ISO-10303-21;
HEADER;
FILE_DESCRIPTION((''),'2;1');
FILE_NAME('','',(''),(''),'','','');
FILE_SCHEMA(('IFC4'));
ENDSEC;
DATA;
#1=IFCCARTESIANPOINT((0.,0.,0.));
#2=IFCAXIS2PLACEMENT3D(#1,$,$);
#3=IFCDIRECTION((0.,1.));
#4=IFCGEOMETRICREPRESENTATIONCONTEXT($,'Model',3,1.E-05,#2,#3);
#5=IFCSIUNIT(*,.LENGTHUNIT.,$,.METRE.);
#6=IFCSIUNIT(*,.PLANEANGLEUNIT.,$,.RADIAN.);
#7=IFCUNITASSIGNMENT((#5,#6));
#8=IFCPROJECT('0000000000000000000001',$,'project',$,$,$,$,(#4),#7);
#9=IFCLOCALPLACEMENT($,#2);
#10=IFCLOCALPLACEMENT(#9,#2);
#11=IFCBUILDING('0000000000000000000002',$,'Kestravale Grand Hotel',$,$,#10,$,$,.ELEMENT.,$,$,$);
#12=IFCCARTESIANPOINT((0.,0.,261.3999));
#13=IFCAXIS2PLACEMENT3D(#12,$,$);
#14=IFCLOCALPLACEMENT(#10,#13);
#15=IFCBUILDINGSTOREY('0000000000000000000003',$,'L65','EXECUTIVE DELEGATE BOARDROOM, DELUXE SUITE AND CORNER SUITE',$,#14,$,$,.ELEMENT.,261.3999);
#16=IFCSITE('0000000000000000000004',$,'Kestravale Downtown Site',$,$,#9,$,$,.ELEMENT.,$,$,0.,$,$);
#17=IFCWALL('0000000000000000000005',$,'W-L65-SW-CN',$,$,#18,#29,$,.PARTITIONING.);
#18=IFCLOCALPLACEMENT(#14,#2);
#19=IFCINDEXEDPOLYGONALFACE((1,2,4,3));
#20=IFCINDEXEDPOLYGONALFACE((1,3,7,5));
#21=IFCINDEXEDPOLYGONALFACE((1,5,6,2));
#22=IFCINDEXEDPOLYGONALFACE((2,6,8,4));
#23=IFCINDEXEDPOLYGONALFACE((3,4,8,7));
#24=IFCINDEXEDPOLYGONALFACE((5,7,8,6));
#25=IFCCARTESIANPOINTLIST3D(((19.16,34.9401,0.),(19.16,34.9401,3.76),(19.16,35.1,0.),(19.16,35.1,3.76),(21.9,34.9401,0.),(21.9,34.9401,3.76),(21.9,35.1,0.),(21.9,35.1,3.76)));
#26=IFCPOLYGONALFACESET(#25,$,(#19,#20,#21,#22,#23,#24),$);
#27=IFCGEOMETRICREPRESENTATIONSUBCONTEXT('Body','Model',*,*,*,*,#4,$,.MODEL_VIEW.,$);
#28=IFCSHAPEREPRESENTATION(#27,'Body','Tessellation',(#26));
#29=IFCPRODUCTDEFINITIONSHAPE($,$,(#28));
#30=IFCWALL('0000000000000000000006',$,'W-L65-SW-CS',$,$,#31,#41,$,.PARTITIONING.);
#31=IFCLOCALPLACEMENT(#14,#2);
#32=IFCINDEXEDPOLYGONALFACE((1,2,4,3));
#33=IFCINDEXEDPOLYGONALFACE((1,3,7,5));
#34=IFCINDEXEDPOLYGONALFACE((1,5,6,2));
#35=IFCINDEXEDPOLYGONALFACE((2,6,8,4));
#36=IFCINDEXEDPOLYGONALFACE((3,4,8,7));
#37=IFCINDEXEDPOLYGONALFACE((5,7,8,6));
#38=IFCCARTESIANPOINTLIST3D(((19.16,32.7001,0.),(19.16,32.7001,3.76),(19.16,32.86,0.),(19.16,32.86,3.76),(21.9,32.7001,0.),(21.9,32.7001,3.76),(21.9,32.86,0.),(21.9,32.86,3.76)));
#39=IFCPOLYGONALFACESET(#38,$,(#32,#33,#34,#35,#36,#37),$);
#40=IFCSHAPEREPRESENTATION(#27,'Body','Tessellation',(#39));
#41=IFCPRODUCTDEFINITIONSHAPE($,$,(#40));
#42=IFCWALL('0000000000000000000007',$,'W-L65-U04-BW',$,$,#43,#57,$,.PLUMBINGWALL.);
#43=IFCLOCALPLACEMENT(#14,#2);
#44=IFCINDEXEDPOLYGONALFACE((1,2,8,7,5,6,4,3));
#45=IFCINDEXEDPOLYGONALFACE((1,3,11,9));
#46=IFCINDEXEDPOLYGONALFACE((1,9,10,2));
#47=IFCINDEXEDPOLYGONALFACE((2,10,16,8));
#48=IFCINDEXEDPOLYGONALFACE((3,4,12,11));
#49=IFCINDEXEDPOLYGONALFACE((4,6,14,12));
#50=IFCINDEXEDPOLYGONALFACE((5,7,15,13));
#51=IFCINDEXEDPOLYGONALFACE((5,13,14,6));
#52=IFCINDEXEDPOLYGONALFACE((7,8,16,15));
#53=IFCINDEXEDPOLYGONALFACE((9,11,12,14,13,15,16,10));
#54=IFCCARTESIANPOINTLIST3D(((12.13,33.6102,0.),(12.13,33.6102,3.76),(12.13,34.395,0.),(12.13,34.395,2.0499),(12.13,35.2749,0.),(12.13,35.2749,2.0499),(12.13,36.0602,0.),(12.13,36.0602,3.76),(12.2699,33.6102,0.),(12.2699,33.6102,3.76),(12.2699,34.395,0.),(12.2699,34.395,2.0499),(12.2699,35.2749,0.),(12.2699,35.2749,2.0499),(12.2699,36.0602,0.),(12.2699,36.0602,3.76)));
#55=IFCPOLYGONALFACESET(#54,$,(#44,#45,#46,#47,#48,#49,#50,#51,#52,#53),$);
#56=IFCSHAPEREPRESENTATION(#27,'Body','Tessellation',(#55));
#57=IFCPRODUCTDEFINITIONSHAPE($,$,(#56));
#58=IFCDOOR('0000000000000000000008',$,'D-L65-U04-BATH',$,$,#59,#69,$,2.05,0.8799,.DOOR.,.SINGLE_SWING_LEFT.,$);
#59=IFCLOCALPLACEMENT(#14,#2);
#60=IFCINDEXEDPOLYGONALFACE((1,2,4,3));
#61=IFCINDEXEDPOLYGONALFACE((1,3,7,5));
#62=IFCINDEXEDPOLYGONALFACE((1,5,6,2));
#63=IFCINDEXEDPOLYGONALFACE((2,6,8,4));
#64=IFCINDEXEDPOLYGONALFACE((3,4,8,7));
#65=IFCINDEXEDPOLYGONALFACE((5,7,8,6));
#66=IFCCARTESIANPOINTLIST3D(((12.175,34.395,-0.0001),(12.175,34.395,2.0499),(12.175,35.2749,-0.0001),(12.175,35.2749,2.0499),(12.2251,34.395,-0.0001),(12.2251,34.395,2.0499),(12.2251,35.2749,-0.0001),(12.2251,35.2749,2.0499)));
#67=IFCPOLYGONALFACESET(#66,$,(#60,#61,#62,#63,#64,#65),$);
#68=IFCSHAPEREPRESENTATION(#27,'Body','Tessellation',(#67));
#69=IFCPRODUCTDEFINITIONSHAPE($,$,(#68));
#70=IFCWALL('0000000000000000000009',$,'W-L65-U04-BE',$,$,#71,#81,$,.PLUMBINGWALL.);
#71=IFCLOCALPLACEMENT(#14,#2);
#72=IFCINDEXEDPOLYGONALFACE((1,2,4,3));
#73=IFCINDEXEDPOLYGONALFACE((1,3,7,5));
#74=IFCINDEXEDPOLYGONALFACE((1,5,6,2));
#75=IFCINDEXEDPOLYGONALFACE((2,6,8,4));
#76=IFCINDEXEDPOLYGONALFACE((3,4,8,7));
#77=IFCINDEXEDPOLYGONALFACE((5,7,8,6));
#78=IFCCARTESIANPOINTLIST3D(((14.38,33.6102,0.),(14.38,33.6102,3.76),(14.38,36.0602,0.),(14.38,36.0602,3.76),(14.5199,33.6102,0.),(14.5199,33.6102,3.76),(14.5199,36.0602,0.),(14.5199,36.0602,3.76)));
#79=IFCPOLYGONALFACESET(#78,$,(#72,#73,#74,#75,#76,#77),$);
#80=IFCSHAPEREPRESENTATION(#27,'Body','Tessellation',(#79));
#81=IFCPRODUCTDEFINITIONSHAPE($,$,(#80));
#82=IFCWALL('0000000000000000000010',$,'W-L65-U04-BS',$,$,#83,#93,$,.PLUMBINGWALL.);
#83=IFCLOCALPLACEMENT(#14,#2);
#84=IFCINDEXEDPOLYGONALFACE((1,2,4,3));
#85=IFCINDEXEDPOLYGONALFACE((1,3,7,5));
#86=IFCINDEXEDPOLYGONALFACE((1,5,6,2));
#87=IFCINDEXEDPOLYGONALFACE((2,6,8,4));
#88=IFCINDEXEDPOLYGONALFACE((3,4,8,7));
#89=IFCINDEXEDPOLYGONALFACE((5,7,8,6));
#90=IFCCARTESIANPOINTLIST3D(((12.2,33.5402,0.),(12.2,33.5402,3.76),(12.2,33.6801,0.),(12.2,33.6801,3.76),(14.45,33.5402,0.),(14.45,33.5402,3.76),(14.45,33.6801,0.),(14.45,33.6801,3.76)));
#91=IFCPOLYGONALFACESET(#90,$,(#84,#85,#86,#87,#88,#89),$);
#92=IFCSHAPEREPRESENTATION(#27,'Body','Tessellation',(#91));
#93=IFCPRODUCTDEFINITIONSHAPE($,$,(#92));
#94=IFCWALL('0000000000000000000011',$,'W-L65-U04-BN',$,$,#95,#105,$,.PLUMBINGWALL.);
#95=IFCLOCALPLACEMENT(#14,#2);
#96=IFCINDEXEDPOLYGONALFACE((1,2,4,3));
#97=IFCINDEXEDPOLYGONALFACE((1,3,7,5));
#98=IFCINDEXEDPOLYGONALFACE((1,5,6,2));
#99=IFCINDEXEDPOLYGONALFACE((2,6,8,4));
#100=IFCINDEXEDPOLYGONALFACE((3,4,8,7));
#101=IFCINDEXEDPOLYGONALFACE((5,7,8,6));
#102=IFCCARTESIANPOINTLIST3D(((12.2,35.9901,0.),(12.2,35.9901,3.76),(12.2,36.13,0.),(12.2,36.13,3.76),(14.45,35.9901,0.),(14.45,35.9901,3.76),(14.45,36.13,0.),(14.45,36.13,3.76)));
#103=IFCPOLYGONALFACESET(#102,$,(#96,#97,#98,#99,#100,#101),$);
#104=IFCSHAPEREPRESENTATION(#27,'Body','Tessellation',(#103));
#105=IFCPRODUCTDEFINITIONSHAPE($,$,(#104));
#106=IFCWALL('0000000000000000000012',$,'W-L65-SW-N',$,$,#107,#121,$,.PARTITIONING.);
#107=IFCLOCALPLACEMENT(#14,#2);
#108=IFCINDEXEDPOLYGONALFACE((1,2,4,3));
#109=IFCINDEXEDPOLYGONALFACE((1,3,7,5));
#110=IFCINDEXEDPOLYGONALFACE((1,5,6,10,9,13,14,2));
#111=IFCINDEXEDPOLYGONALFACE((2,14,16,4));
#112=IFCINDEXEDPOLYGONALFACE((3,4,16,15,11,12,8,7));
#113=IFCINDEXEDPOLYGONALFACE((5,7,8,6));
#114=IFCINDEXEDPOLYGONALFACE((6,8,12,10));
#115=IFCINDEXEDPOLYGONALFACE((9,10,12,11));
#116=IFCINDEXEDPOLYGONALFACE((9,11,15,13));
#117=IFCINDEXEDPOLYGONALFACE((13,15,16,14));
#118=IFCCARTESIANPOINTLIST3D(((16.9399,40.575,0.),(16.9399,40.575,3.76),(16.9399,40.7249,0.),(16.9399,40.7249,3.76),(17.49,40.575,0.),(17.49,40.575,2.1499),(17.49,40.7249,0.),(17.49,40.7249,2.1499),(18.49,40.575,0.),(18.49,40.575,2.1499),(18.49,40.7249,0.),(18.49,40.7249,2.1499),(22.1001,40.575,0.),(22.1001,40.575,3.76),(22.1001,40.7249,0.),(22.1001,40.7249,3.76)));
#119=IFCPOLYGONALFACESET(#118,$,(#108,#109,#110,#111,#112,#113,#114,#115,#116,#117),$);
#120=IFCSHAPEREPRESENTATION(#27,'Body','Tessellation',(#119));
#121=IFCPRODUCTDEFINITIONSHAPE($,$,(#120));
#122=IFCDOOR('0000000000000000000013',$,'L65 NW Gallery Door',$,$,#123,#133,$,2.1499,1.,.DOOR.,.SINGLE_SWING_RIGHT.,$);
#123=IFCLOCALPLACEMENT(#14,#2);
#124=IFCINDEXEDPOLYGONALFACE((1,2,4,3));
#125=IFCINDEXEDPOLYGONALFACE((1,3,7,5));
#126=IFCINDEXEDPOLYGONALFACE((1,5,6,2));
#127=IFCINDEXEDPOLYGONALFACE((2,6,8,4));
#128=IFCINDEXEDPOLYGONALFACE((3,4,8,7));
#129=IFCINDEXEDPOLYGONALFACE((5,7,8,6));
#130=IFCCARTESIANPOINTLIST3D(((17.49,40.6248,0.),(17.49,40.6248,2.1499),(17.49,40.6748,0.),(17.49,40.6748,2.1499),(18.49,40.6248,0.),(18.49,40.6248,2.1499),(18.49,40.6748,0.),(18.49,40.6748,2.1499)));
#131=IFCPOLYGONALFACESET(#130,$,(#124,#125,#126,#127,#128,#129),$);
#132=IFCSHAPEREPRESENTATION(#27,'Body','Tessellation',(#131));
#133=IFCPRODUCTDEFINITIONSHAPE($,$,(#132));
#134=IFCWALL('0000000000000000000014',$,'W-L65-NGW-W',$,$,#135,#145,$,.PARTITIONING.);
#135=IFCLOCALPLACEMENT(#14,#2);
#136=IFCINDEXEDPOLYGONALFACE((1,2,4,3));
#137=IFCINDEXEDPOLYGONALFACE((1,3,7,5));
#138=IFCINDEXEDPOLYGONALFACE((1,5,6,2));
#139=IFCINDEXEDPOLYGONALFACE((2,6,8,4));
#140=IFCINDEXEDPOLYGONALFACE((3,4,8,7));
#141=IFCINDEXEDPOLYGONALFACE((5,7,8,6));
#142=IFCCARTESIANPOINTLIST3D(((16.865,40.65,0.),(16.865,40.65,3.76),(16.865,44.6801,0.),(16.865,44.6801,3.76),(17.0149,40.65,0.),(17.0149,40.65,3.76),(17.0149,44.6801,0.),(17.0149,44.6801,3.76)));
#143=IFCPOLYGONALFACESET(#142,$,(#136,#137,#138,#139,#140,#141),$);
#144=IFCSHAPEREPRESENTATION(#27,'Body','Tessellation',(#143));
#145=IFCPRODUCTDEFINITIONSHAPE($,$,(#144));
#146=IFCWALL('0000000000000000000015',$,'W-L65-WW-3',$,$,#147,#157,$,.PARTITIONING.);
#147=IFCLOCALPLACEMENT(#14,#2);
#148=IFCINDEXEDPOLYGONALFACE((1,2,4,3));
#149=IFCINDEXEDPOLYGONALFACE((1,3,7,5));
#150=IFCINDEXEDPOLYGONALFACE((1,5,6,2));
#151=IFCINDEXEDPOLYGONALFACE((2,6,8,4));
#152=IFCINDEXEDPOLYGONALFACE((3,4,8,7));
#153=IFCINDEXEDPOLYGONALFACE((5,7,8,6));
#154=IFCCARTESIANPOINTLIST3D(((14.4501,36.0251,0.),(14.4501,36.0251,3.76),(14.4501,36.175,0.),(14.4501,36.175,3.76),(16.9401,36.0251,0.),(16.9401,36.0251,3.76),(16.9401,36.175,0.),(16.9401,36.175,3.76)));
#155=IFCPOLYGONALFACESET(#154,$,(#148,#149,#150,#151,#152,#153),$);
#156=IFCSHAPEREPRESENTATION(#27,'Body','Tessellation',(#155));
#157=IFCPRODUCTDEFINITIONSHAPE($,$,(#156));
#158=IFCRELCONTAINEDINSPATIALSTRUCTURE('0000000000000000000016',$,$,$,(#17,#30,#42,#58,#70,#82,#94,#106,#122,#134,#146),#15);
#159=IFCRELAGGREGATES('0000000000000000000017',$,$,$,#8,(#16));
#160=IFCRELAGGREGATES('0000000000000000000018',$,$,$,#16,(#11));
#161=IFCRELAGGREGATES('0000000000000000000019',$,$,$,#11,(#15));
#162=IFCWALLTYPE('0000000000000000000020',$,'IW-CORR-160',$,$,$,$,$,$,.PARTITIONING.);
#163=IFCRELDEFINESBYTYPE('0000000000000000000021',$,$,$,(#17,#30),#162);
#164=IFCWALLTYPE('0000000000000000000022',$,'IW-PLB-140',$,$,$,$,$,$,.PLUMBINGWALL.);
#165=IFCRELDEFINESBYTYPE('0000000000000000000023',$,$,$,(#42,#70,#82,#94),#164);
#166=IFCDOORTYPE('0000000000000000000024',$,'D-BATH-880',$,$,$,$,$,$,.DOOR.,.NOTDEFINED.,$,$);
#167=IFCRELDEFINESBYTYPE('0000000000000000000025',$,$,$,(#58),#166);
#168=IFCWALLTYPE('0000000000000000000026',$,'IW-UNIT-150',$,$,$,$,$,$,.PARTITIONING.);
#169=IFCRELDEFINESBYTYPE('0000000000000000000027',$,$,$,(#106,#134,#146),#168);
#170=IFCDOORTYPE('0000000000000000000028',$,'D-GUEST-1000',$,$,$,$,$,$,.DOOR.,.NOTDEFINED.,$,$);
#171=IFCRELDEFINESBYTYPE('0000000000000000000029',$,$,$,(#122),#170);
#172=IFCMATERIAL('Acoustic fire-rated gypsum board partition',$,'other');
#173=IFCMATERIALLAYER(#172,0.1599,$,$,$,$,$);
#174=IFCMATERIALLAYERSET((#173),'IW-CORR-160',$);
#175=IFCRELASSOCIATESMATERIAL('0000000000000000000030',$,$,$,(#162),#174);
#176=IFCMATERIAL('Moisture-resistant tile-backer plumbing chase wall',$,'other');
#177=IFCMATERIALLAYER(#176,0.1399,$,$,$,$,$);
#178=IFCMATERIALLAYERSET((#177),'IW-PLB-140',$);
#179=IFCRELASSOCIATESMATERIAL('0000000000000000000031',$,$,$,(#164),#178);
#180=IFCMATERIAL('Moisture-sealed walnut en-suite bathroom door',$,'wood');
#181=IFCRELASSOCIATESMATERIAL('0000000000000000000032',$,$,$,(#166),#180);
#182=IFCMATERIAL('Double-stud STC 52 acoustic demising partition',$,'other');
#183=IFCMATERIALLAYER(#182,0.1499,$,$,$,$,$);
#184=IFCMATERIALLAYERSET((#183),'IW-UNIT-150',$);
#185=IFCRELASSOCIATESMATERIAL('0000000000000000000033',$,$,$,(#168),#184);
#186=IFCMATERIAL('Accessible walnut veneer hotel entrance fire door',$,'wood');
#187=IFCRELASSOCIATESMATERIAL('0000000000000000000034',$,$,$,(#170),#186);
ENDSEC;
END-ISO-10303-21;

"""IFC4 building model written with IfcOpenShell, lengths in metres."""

from ifc_helpers import new_model, si_unit, direction, frame, frame_2d, origin, place, context, subcontext, project, spatial, rectangle, extrude, material, layer, layer_set, type_object, element, fill, save


model = new_model("IFC4")

# Units and contexts
model_context = context("Model", 3, precision=1e-05, world=origin(), true_north=direction((0.0, 1.0)))
body_context = subcontext(model_context, "Body", "Model", "MODEL_VIEW")
ifc_project = project(units=[si_unit("LENGTHUNIT", "METRE"), si_unit("PLANEANGLEUNIT", "RADIAN")], contexts=[model_context])

# Site, building, storey
site_placement = place(None, origin())
site = spatial("IfcSite", under=ifc_project, at=site_placement, Name="Kestravale Downtown Site", CompositionType="ELEMENT", RefElevation=0.0)
building_placement = place(site_placement, origin())
building = spatial("IfcBuilding", under=site, at=building_placement, Name="Kestravale Grand Hotel", CompositionType="ELEMENT")
storey_placement = place(building_placement, frame((0.0, 0.0, 261.3999)))
storey = spatial("IfcBuildingStorey", under=building, at=storey_placement, Name="L65", Description="EXECUTIVE DELEGATE BOARDROOM, DELUXE SUITE AND CORNER SUITE", CompositionType="ELEMENT", Elevation=261.3999)

# Walls
ifc_material_1 = material(Name="Acoustic fire-rated gypsum board partition", Category="other")
ifc_layer_1 = layer(ifc_material_1, 0.1599)
ifc_layer_set_1 = layer_set([ifc_layer_1], Name="IW-CORR-160")
wall_type_1 = type_object("IfcWallType", Name="IW-CORR-160", PredefinedType="PARTITIONING", material=ifc_layer_set_1)
for number, where, z_axis, x_axis, name in (
    (1, (19.1599, 35.02, 0.0), (0.0, 0.0, 1.0), (1.0, 0.0, 0.0), "W-L65-SW-CN"),
    (2, (19.1599, 32.78, 0.0), (0.0, 0.0, 1.0), (1.0, 0.0, 0.0), "W-L65-SW-CS"),
):
    element("IfcWall", number, at=place(storey_placement, frame(where, z_axis=z_axis, x_axis=x_axis)), inside=storey, type_object=wall_type_1, Name=name, PredefinedType="PARTITIONING", context=body_context, shape_type="SweptSolid", body=[
        extrude(rectangle(XDim=2.74, YDim=0.1599, at=frame_2d((1.3701, 0.0))), origin(), (0.0, 0.0, 1.0), 3.76),
    ])

# Wall, opening, door
ifc_material_2 = material(Name="Moisture-resistant tile-backer plumbing chase wall", Category="other")
ifc_layer_2 = layer(ifc_material_2, 0.1399)
ifc_layer_set_2 = layer_set([ifc_layer_2], Name="IW-PLB-140")
wall_type_2 = type_object("IfcWallType", Name="IW-PLB-140", PredefinedType="PLUMBINGWALL", material=ifc_layer_set_2)
wall_1_placement = place(storey_placement, frame((12.2, 33.6101, 0.0), z_axis=(0.0, 0.0, 1.0), x_axis=(0.0, 1.0, 0.0)))
wall_1 = element("IfcWall", 3, at=wall_1_placement, inside=storey, type_object=wall_type_2, Name="W-L65-U04-BW", PredefinedType="PLUMBINGWALL", context=body_context, shape_type="SweptSolid", body=[
    extrude(rectangle(XDim=2.45, YDim=0.1399, at=frame_2d((1.2251, 0.0))), origin(), (0.0, 0.0, 1.0), 3.76),
])
opening_1_placement = place(wall_1_placement, frame((0.7849, 0.0, 0.0)))
opening_1 = element("IfcOpeningElement", 4, at=opening_1_placement, cuts=wall_1, PredefinedType="OPENING", context=body_context, shape_type="SweptSolid", body=[
    extrude(rectangle(XDim=0.8799, YDim=2.05, at=frame_2d((0.4399, 1.0249))), frame((0.0, 0.0798, 0.0), z_axis=(0.0, -1.0, 0.0), x_axis=(1.0, 0.0, 0.0)), (0.0, 0.0, 1.0), 0.1599),
])
ifc_material_3 = material(Name="Moisture-sealed walnut en-suite bathroom door", Category="wood")
door_type_1 = type_object("IfcDoorType", Name="D-BATH-880", OperationType="NOTDEFINED", PredefinedType="DOOR", material=ifc_material_3)
door_1_placement = place(opening_1_placement, origin())
door_1 = element("IfcDoor", 5, at=door_1_placement, inside=storey, type_object=door_type_1, Name="D-L65-U04-BATH", OperationType="SINGLE_SWING_LEFT", OverallHeight=2.05, OverallWidth=0.8799, PredefinedType="DOOR", context=body_context, shape_type="SweptSolid", body=[
    extrude(rectangle(XDim=0.8799, YDim=2.05, at=frame_2d((0.4399, 1.0249))), frame((0.0, 0.0249, 0.0), z_axis=(0.0, -1.0, 0.0), x_axis=(1.0, 0.0, 0.0)), (0.0, 0.0, 1.0), 0.05),
])
fill(opening_1, door_1)

# Walls
wall_2_placement = place(storey_placement, frame((14.45, 33.6101, 0.0), z_axis=(0.0, 0.0, 1.0), x_axis=(0.0, 1.0, 0.0)))
element("IfcWall", 6, at=wall_2_placement, inside=storey, type_object=wall_type_2, Name="W-L65-U04-BE", PredefinedType="PLUMBINGWALL", context=body_context, shape_type="SweptSolid", body=[
    extrude(rectangle(XDim=2.45, YDim=0.1399, at=frame_2d((1.2251, 0.0))), origin(), (0.0, 0.0, 1.0), 3.76),
])
for number, where, z_axis, x_axis, name in (
    (7, (12.2, 33.6101, 0.0), (0.0, 0.0, 1.0), (1.0, 0.0, 0.0), "W-L65-U04-BS"),
    (8, (12.2, 36.0601, 0.0), (0.0, 0.0, 1.0), (1.0, 0.0, 0.0), "W-L65-U04-BN"),
):
    element("IfcWall", number, at=place(storey_placement, frame(where, z_axis=z_axis, x_axis=x_axis)), inside=storey, type_object=wall_type_2, Name=name, PredefinedType="PLUMBINGWALL", context=body_context, shape_type="SweptSolid", body=[
        extrude(rectangle(XDim=2.25, YDim=0.1399, at=frame_2d((1.125, 0.0))), origin(), (0.0, 0.0, 1.0), 3.76),
    ])

# Wall, opening, door
ifc_material_4 = material(Name="Double-stud STC 52 acoustic demising partition", Category="other")
ifc_layer_3 = layer(ifc_material_4, 0.1499)
ifc_layer_set_3 = layer_set([ifc_layer_3], Name="IW-UNIT-150")
wall_type_3 = type_object("IfcWallType", Name="IW-UNIT-150", PredefinedType="PARTITIONING", material=ifc_layer_set_3)
wall_3_placement = place(storey_placement, frame((16.9399, 40.6499, 0.0), z_axis=(0.0, 0.0, 1.0), x_axis=(1.0, 0.0, 0.0)))
wall_3 = element("IfcWall", 9, at=wall_3_placement, inside=storey, type_object=wall_type_3, Name="W-L65-SW-N", PredefinedType="PARTITIONING", context=body_context, shape_type="SweptSolid", body=[
    extrude(rectangle(XDim=5.1602, YDim=0.1499, at=frame_2d((2.5801, 0.0))), origin(), (0.0, 0.0, 1.0), 3.76),
])
opening_2_placement = place(wall_3_placement, frame((0.55, 0.0, 0.0)))
opening_2 = element("IfcOpeningElement", 10, at=opening_2_placement, cuts=wall_3, PredefinedType="OPENING", context=body_context, shape_type="SweptSolid", body=[
    extrude(rectangle(XDim=1.0, YDim=2.1499, at=frame_2d((0.5, 1.075))), frame((0.0, 0.085, 0.0), z_axis=(0.0, -1.0, 0.0), x_axis=(1.0, 0.0, 0.0)), (0.0, 0.0, 1.0), 0.1699),
])
ifc_material_5 = material(Name="Accessible walnut veneer hotel entrance fire door", Category="wood")
door_type_2 = type_object("IfcDoorType", Name="D-GUEST-1000", OperationType="NOTDEFINED", PredefinedType="DOOR", material=ifc_material_5)
door_2_placement = place(opening_2_placement, origin())
door_2 = element("IfcDoor", 11, at=door_2_placement, inside=storey, type_object=door_type_2, Name="L65 NW Gallery Door", OperationType="SINGLE_SWING_RIGHT", OverallHeight=2.1499, OverallWidth=1.0, PredefinedType="DOOR", context=body_context, shape_type="SweptSolid", body=[
    extrude(rectangle(XDim=1.0, YDim=2.1499, at=frame_2d((0.5, 1.075))), frame((0.0, 0.0249, 0.0), z_axis=(0.0, -1.0, 0.0), x_axis=(1.0, 0.0, 0.0)), (0.0, 0.0, 1.0), 0.05),
])
fill(opening_2, door_2)

# Walls
wall_4_placement = place(storey_placement, frame((16.9399, 40.6499, 0.0), z_axis=(0.0, 0.0, 1.0), x_axis=(0.0, 1.0, 0.0)))
element("IfcWall", 12, at=wall_4_placement, inside=storey, type_object=wall_type_3, Name="W-L65-NGW-W", PredefinedType="PARTITIONING", context=body_context, shape_type="SweptSolid", body=[
    extrude(rectangle(XDim=4.03, YDim=0.1499, at=frame_2d((2.0151, 0.0))), origin(), (0.0, 0.0, 1.0), 3.76),
])
wall_5_placement = place(storey_placement, frame((14.45, 36.1001, 0.0), z_axis=(0.0, 0.0, 1.0), x_axis=(1.0, 0.0, 0.0)))
element("IfcWall", 13, at=wall_5_placement, inside=storey, type_object=wall_type_3, Name="W-L65-WW-3", PredefinedType="PARTITIONING", context=body_context, shape_type="SweptSolid", body=[
    extrude(rectangle(XDim=2.49, YDim=0.1499, at=frame_2d((1.2451, 0.0))), origin(), (0.0, 0.0, 1.0), 3.76),
])

save(model, "model.ifc")
